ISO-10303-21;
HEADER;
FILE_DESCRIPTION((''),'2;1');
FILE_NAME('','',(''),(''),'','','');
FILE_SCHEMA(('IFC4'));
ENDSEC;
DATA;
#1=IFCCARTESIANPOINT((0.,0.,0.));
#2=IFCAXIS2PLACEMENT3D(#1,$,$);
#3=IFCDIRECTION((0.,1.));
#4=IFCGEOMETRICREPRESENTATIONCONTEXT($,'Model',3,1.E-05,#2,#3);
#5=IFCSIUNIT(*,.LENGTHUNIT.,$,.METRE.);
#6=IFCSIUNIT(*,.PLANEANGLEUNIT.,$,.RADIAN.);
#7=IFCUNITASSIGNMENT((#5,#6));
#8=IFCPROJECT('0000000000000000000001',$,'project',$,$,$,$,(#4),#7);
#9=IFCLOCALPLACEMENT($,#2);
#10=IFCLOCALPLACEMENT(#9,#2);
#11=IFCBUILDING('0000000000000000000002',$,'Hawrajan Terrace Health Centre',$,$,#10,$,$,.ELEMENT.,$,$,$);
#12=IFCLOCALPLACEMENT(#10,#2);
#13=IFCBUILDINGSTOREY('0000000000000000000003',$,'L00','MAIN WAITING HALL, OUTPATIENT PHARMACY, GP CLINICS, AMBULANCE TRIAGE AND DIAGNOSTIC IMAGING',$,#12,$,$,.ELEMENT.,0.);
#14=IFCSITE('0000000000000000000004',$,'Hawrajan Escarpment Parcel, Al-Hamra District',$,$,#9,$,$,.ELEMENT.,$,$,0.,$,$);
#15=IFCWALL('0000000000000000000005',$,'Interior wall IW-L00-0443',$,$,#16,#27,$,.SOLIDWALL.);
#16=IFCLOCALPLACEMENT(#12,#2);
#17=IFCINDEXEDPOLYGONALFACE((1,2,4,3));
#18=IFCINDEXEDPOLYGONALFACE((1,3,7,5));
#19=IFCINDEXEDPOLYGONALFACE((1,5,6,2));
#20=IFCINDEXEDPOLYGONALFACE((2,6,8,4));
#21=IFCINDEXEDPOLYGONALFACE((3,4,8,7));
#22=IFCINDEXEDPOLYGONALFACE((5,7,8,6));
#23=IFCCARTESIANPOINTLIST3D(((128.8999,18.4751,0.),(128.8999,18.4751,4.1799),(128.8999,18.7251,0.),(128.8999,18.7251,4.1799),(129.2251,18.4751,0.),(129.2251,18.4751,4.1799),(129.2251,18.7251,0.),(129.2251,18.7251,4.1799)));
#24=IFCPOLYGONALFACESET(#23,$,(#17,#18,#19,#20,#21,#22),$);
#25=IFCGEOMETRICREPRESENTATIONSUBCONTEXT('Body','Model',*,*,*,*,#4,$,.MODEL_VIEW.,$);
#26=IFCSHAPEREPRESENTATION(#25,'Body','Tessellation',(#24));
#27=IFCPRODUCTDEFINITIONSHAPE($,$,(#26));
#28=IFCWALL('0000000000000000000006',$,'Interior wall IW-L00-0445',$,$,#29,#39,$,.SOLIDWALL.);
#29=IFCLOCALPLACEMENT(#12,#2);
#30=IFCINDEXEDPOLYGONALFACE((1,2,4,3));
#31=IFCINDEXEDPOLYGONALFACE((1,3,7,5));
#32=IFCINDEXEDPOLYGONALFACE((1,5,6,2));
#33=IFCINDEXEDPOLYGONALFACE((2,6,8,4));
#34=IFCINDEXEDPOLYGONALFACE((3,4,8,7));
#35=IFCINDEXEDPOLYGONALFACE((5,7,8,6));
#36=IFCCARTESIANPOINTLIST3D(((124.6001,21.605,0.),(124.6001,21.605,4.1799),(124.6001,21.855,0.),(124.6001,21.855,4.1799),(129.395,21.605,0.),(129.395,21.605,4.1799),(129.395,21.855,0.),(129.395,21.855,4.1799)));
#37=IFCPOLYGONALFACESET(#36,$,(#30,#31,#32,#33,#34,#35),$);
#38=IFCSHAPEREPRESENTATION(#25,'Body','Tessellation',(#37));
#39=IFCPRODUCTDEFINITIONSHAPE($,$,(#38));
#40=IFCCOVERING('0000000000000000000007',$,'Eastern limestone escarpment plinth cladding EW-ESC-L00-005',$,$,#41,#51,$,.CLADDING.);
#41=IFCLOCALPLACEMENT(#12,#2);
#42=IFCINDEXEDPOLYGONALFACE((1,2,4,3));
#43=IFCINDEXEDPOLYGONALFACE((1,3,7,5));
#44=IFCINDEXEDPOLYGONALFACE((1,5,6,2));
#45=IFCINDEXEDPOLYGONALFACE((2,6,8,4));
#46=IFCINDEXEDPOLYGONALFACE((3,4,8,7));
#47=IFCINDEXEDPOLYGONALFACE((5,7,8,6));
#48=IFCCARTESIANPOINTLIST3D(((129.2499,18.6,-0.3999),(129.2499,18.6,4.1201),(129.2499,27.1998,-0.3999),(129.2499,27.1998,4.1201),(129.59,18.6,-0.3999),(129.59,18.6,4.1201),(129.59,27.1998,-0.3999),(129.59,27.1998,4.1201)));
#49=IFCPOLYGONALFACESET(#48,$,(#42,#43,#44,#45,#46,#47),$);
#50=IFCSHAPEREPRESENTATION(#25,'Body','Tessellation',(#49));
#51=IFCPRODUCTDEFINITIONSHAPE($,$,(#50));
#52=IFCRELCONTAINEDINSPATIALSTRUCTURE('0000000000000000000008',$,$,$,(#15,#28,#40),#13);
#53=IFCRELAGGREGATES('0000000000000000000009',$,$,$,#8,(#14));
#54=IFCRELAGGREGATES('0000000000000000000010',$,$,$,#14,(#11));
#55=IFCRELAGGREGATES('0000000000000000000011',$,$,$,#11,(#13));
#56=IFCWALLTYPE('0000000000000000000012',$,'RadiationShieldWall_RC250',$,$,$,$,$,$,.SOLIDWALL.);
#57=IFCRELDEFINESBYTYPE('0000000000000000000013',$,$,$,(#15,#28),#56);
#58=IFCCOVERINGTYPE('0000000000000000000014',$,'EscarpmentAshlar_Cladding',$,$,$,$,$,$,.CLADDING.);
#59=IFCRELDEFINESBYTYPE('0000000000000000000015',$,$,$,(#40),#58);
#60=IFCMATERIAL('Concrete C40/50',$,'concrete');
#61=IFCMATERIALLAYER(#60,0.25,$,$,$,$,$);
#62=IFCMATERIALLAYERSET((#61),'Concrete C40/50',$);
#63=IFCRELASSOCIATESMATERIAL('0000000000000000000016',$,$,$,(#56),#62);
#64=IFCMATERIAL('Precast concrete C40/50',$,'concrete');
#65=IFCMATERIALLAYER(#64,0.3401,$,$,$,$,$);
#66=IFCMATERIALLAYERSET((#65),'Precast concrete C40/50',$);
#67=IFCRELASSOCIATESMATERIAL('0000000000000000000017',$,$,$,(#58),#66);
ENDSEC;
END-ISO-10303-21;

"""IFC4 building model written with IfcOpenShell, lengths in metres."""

from ifc_helpers import new_model, si_unit, direction, frame, frame_2d, origin, place, context, subcontext, project, spatial, rectangle, extrude, material, layer, layer_set, type_object, element, save


model = new_model("IFC4")

# Units and contexts
model_context = context("Model", 3, precision=1e-05, world=origin(), true_north=direction((0.0, 1.0)))
body_context = subcontext(model_context, "Body", "Model", "MODEL_VIEW")
ifc_project = project(units=[si_unit("LENGTHUNIT", "METRE"), si_unit("PLANEANGLEUNIT", "RADIAN")], contexts=[model_context])

# Site, building, storey
site_placement = place(None, origin())
site = spatial("IfcSite", under=ifc_project, at=site_placement, Name="Hawrajan Escarpment Parcel, Al-Hamra District", CompositionType="ELEMENT", RefElevation=0.0)
building_placement = place(site_placement, origin())
building = spatial("IfcBuilding", under=site, at=building_placement, Name="Hawrajan Terrace Health Centre", CompositionType="ELEMENT")
storey_placement = place(building_placement, origin())
storey = spatial("IfcBuildingStorey", under=building, at=storey_placement, Name="L00", Description="MAIN WAITING HALL, OUTPATIENT PHARMACY, GP CLINICS, AMBULANCE TRIAGE AND DIAGNOSTIC IMAGING", CompositionType="ELEMENT", Elevation=0.0)

# Shared definitions
ifc_material_1 = material(Name="Concrete C40/50", Category="concrete")

# Shared definitions
ifc_layer_1 = layer(ifc_material_1, 0.25)
ifc_layer_set_1 = layer_set([ifc_layer_1], Name="Concrete C40/50")
wall_type_1 = type_object("IfcWallType", Name="RadiationShieldWall_RC250", PredefinedType="SOLIDWALL", material=ifc_layer_set_1)

# Wall
wall_1_placement = place(storey_placement, frame((128.8999, 18.6001, 0.0), z_axis=(0.0, 0.0, 1.0), x_axis=(1.0, 0.0, 0.0)))
element("IfcWall", 1, at=wall_1_placement, inside=storey, type_object=wall_type_1, Name="Interior wall IW-L00-0443", PredefinedType="SOLIDWALL", context=body_context, shape_type="SweptSolid", body=[
    extrude(rectangle(XDim=0.3252, YDim=0.25, at=frame_2d((0.1626, 0.0))), origin(), (0.0, 0.0, 1.0), 4.1799),
])

# Wall
wall_2_placement = place(storey_placement, frame((124.6001, 21.73, 0.0), z_axis=(0.0, 0.0, 1.0), x_axis=(1.0, 0.0, 0.0)))
element("IfcWall", 2, at=wall_2_placement, inside=storey, type_object=wall_type_1, Name="Interior wall IW-L00-0445", PredefinedType="SOLIDWALL", context=body_context, shape_type="SweptSolid", body=[
    extrude(rectangle(XDim=4.7949, YDim=0.25, at=frame_2d((2.3975, 0.0))), origin(), (0.0, 0.0, 1.0), 4.1799),
])

# Covering
ifc_material_2 = material(Name="Precast concrete C40/50", Category="concrete")
ifc_layer_2 = layer(ifc_material_2, 0.3401)
ifc_layer_set_2 = layer_set([ifc_layer_2], Name="Precast concrete C40/50")
covering_type = type_object("IfcCoveringType", Name="EscarpmentAshlar_Cladding", PredefinedType="CLADDING", material=ifc_layer_set_2)
covering_placement = place(storey_placement, frame((129.4199, 18.6001, -0.3999), z_axis=(0.0, 0.0, 1.0), x_axis=(0.0, 1.0, 0.0)))
element("IfcCovering", 3, at=covering_placement, inside=storey, type_object=covering_type, Name="Eastern limestone escarpment plinth cladding EW-ESC-L00-005", PredefinedType="CLADDING", context=body_context, shape_type="SweptSolid", body=[
    extrude(rectangle(XDim=8.5999, YDim=0.3401, at=frame_2d((4.2998, 0.0))), origin(), (0.0, 0.0, 1.0), 4.52),
])

save(model, "model.ifc")
